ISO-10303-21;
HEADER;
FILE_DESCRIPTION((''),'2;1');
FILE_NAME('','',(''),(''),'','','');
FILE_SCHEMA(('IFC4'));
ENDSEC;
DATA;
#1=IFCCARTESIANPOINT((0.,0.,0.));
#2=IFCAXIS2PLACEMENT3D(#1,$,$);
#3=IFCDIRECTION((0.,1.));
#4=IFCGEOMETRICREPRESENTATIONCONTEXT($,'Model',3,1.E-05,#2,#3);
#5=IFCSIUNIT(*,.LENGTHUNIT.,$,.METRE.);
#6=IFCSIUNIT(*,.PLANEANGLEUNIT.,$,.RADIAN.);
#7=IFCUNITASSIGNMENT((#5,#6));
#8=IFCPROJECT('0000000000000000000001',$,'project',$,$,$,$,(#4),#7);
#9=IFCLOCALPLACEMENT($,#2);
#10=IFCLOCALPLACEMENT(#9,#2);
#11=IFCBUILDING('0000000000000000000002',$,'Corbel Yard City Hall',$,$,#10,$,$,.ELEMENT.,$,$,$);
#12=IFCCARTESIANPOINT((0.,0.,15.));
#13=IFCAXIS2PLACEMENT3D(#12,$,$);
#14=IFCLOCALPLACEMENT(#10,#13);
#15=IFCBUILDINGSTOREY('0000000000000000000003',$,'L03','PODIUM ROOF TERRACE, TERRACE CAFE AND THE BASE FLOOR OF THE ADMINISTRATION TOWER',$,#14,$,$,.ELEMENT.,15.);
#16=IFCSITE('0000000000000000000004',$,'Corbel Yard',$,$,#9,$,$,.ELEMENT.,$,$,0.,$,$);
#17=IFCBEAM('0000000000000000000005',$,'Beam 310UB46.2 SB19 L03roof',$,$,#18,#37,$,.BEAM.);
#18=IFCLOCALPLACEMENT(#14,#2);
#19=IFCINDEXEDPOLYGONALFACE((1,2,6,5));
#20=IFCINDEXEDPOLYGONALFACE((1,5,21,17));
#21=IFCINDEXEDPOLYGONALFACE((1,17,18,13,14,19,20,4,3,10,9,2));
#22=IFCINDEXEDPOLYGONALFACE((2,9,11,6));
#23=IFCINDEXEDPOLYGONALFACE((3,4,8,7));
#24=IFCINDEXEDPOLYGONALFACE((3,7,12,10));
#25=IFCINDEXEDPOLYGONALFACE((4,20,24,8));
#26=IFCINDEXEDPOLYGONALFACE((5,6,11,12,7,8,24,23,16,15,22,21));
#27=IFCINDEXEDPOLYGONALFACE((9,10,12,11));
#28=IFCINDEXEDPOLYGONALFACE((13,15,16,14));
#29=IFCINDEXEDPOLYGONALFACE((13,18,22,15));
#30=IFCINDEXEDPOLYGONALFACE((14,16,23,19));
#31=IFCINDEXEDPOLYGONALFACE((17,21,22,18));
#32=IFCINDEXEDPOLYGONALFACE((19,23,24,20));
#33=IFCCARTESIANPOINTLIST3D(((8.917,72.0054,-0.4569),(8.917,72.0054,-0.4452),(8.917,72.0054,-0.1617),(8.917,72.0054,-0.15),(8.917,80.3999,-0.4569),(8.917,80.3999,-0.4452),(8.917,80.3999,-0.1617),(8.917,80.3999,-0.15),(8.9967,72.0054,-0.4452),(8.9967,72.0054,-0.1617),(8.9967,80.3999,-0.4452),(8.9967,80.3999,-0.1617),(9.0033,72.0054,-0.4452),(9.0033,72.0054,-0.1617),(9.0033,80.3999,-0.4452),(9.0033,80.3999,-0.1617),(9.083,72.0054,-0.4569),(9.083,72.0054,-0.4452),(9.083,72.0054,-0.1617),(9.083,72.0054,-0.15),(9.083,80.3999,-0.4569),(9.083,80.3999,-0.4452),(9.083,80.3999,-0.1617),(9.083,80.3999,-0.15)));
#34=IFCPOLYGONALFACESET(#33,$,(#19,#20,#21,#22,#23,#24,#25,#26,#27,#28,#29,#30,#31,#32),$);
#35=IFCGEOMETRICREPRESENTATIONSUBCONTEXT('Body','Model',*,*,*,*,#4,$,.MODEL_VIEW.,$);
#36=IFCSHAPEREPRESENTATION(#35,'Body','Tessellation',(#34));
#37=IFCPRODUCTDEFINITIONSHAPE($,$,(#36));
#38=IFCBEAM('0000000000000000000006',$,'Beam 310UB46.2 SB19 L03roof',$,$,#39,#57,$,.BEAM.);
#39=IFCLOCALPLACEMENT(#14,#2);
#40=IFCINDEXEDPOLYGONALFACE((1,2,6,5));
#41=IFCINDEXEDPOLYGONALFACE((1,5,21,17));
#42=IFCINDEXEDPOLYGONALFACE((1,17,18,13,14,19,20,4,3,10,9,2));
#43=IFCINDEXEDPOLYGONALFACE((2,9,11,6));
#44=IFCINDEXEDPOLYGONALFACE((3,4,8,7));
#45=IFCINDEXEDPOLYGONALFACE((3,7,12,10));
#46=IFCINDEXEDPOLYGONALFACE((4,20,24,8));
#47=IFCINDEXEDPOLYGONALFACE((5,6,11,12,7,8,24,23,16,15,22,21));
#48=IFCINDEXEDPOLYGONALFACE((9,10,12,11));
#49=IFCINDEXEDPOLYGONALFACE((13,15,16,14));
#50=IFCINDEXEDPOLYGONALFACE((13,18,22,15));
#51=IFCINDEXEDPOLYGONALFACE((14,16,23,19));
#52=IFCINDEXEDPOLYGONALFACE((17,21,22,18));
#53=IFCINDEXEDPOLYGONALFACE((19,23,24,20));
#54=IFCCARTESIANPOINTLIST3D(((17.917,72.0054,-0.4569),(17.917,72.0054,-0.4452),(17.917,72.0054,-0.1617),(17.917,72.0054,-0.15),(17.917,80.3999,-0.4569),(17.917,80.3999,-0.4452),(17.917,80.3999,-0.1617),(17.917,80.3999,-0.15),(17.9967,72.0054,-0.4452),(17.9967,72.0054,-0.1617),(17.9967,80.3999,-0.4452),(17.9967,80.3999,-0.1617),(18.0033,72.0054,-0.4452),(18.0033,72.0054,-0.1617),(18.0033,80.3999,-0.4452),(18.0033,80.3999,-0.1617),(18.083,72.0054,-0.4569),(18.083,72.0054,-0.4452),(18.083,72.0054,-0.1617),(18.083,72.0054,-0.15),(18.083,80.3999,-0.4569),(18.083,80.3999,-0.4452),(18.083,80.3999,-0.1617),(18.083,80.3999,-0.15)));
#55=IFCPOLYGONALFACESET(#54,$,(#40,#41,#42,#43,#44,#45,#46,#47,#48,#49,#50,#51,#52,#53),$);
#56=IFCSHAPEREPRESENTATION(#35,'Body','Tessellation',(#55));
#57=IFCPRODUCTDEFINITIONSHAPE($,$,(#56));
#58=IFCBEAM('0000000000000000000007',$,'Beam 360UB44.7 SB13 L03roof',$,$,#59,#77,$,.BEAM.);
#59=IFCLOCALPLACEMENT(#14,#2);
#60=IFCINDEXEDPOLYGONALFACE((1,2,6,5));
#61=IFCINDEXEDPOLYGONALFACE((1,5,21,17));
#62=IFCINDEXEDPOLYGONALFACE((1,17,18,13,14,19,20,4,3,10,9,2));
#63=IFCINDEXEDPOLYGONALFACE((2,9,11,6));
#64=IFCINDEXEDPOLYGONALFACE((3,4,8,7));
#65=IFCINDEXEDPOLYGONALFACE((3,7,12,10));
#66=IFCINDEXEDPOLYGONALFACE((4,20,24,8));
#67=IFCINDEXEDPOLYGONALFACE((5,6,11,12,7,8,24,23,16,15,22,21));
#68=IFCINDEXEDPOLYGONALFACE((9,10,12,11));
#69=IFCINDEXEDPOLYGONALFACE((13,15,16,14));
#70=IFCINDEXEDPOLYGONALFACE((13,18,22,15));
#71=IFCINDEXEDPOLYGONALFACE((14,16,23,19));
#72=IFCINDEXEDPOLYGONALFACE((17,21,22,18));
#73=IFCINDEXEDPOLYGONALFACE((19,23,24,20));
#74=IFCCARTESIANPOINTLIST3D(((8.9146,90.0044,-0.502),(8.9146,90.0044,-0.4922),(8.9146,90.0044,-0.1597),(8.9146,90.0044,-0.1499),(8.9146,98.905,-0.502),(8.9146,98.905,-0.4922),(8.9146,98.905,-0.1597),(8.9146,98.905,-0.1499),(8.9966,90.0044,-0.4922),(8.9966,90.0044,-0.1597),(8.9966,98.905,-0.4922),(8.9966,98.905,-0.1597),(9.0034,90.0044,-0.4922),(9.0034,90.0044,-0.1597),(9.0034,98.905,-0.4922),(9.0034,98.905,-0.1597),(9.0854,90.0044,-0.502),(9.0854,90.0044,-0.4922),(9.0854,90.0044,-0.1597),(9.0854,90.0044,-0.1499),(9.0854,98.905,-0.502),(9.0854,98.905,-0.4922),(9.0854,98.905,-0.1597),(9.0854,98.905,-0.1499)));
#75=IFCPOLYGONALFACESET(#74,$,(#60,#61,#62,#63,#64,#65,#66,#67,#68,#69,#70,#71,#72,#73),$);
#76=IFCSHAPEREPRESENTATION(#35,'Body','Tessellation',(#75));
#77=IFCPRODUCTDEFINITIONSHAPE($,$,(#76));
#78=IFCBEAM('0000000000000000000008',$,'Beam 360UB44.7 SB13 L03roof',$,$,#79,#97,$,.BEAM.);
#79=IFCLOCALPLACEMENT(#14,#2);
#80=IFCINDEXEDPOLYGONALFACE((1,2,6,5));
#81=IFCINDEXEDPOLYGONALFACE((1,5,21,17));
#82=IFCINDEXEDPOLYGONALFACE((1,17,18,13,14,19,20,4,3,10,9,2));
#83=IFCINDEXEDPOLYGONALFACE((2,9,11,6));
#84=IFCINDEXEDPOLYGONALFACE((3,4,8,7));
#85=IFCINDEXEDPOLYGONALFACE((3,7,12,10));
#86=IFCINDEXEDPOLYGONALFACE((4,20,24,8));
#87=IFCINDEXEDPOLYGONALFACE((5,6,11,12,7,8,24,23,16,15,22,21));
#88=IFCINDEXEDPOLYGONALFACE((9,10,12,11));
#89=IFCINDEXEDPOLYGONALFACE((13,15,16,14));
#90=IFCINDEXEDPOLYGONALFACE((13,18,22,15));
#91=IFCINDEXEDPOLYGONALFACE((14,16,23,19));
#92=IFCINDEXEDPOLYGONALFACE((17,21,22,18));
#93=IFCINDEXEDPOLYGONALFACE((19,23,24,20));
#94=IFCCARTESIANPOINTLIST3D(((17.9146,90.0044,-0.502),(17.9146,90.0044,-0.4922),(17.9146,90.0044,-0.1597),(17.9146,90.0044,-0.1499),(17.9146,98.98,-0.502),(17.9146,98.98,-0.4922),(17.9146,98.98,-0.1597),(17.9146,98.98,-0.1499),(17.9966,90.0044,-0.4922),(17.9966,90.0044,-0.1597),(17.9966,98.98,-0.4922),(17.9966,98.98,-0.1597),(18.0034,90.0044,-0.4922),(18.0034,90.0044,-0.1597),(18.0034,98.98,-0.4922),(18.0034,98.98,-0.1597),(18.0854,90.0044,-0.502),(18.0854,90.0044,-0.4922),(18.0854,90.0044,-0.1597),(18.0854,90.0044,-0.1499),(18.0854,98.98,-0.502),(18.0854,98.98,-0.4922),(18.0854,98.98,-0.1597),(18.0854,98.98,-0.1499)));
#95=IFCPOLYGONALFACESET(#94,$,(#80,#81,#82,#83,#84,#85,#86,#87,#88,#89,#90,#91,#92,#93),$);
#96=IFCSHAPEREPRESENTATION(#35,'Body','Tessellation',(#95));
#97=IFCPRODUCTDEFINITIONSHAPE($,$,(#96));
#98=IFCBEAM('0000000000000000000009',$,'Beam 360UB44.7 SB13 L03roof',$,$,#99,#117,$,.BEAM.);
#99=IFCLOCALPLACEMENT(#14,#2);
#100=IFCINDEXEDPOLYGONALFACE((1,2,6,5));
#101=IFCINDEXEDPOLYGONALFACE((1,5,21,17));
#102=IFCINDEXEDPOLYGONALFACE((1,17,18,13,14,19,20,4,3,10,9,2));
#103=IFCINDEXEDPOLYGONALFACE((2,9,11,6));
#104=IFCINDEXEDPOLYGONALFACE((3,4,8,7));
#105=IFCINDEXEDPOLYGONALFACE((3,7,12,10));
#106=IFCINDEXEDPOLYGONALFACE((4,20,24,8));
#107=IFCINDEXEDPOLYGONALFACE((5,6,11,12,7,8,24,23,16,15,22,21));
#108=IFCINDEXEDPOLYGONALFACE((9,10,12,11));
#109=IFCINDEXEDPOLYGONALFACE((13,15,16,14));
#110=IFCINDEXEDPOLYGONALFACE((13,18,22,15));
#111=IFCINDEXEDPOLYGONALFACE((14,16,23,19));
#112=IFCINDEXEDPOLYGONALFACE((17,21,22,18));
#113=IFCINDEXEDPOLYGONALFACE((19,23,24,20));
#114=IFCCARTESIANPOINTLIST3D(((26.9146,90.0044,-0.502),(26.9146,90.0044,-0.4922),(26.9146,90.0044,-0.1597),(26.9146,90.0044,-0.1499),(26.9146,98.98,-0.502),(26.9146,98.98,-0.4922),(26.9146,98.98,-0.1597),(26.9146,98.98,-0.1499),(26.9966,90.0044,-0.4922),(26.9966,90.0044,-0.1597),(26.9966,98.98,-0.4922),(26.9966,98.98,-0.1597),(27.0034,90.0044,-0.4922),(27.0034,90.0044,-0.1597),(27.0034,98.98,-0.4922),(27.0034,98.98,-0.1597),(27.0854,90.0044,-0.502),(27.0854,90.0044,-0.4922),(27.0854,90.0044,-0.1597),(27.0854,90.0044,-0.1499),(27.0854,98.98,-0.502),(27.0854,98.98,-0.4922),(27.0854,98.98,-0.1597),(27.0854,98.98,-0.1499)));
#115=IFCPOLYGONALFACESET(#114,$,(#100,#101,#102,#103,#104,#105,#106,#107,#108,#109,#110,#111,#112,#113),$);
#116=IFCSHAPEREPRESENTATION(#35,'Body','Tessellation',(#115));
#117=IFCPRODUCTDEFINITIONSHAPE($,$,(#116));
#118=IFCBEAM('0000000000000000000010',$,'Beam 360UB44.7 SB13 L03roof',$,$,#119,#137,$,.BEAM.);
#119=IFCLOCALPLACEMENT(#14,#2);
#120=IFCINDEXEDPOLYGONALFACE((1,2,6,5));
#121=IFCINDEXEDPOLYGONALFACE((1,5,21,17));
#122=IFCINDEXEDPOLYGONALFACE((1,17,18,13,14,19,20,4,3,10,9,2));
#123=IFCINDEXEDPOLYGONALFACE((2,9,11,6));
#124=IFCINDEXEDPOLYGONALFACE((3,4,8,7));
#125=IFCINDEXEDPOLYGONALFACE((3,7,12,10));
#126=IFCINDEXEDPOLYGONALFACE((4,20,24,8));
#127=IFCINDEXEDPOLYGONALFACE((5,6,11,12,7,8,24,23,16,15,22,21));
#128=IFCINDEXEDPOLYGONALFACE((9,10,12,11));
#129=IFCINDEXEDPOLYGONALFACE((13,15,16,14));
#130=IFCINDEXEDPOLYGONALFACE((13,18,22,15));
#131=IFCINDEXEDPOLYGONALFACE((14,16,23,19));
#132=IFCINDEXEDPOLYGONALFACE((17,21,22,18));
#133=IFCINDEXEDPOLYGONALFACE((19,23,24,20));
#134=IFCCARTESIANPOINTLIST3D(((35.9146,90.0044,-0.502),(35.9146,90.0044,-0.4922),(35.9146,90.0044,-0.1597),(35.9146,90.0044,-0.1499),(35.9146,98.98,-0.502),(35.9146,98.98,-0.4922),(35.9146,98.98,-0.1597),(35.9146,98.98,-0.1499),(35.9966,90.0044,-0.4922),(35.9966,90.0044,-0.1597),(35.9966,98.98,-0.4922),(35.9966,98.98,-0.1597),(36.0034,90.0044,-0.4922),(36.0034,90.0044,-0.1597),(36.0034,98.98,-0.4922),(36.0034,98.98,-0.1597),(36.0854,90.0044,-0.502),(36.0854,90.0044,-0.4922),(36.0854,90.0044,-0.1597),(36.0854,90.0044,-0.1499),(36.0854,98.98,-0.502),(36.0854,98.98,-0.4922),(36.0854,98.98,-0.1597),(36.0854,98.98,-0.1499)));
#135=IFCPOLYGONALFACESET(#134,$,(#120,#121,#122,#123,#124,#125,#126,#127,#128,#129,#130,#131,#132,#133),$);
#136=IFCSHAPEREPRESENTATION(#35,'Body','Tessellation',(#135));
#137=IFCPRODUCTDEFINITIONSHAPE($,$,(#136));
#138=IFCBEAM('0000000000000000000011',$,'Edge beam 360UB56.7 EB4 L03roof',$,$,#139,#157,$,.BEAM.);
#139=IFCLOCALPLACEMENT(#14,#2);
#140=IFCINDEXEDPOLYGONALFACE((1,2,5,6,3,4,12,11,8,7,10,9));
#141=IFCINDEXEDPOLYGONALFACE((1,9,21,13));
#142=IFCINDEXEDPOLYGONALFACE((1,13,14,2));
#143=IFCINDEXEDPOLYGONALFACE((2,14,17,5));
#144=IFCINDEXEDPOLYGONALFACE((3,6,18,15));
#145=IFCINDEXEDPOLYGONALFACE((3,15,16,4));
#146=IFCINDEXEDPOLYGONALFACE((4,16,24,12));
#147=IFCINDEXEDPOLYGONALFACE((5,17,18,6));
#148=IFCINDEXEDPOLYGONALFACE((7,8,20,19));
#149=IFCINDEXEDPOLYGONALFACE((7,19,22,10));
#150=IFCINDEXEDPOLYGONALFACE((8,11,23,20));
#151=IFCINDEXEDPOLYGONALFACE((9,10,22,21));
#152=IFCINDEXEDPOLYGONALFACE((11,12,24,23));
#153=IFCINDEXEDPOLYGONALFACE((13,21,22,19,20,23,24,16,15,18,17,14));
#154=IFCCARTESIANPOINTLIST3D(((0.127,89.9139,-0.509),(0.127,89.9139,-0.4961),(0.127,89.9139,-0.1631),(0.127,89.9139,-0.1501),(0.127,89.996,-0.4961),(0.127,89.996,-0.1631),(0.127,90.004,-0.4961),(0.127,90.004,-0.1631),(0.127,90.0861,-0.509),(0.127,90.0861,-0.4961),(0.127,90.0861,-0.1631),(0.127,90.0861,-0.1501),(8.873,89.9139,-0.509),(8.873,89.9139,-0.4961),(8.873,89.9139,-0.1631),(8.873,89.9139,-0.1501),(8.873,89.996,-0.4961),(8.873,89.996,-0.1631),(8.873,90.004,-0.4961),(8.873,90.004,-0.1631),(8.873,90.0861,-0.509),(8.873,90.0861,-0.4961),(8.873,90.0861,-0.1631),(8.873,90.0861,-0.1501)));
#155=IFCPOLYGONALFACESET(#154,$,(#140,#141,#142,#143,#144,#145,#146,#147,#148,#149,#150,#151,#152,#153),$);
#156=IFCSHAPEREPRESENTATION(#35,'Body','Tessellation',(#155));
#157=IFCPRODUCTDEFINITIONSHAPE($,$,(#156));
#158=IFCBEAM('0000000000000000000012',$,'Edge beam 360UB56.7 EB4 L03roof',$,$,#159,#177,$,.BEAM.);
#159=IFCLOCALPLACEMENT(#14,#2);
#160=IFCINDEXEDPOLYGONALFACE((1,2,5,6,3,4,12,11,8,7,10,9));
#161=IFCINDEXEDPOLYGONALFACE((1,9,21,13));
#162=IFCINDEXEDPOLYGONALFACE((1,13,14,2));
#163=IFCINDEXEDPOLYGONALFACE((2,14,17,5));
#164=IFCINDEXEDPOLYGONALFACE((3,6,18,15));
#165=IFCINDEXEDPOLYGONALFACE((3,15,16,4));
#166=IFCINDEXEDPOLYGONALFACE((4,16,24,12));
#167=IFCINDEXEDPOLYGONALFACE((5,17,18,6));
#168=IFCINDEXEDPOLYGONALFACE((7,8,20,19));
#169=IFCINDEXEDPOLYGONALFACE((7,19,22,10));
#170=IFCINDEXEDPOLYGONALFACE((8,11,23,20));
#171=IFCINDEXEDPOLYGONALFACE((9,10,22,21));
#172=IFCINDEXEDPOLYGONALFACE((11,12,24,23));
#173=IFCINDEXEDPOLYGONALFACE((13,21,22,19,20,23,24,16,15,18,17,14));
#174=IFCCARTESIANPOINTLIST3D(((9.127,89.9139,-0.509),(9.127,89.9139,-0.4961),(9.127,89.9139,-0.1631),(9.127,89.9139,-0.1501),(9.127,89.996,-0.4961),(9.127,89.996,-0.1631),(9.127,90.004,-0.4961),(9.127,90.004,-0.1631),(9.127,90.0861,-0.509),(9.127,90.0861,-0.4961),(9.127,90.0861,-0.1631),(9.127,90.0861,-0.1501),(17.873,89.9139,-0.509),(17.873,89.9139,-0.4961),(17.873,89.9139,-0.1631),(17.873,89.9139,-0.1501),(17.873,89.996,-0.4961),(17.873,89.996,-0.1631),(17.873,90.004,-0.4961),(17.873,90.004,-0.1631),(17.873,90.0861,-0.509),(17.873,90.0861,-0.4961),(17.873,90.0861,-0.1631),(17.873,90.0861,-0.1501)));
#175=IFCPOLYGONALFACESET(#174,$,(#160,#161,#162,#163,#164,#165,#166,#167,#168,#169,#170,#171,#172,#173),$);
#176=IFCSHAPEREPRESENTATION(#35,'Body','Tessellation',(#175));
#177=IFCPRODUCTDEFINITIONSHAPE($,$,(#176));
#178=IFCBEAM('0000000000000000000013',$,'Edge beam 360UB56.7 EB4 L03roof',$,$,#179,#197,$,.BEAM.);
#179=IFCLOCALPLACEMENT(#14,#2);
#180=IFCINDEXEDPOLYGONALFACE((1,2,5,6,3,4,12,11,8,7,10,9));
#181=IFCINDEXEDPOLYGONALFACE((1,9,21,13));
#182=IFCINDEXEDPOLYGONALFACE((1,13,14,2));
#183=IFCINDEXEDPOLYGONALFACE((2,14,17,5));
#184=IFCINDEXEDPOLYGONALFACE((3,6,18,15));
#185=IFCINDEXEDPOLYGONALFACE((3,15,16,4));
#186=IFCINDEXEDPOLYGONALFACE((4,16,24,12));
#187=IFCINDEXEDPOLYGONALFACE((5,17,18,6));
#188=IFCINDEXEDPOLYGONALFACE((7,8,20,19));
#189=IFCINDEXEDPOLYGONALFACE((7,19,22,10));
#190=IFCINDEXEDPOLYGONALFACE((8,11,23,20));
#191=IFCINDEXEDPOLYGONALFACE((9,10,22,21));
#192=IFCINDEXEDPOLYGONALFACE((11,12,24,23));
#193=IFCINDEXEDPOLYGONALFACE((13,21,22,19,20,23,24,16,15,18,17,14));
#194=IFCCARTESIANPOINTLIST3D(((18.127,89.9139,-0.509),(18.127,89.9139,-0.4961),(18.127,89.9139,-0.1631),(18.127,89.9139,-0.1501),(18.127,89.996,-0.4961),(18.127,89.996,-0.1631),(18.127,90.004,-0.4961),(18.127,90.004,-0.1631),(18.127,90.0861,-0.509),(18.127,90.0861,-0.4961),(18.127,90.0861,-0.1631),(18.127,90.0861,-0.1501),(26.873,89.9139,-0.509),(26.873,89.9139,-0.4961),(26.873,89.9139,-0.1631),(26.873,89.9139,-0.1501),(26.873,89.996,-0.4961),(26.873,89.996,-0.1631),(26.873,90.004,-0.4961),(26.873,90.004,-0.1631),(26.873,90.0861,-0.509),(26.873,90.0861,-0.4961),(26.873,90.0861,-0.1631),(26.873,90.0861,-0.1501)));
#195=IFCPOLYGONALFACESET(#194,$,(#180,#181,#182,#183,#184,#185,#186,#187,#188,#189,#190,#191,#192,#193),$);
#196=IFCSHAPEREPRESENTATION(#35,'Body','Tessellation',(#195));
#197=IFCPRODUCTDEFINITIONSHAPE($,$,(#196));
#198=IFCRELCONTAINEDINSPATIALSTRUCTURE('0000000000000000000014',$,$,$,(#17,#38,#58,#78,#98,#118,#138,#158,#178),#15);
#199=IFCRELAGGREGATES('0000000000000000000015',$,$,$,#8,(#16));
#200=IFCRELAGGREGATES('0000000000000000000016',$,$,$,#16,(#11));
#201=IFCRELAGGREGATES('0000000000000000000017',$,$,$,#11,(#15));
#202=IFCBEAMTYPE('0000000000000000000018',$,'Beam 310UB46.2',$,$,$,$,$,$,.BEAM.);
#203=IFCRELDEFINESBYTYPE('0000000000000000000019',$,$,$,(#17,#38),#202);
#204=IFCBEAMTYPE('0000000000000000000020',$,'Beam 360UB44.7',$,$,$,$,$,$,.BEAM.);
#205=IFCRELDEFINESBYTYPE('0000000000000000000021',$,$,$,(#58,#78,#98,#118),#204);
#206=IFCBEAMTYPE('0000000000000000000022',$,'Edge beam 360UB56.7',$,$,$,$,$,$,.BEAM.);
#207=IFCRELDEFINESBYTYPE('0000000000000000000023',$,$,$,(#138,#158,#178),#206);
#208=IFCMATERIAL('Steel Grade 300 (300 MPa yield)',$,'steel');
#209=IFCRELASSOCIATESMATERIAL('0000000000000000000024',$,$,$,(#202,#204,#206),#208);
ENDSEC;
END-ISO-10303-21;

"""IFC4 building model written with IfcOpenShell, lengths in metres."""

from ifc_helpers import new_model, si_unit, direction, frame, origin, origin_2d, place, context, subcontext, project, spatial, i_section, extrude, material, material_profile, profile_set, type_object, element, save


model = new_model("IFC4")

# Units and contexts
model_context = context("Model", 3, precision=1e-05, world=origin(), true_north=direction((0.0, 1.0)))
body_context = subcontext(model_context, "Body", "Model", "MODEL_VIEW")
ifc_project = project(units=[si_unit("LENGTHUNIT", "METRE"), si_unit("PLANEANGLEUNIT", "RADIAN")], contexts=[model_context])

# Site, building, storey
site_placement = place(None, origin())
site = spatial("IfcSite", under=ifc_project, at=site_placement, Name="Corbel Yard", CompositionType="ELEMENT", RefElevation=0.0)
building_placement = place(site_placement, origin())
building = spatial("IfcBuilding", under=site, at=building_placement, Name="Corbel Yard City Hall", CompositionType="ELEMENT")
storey_placement = place(building_placement, frame((0.0, 0.0, 15.0)))
storey = spatial("IfcBuildingStorey", under=building, at=storey_placement, Name="L03", Description="PODIUM ROOF TERRACE, TERRACE CAFE AND THE BASE FLOOR OF THE ADMINISTRATION TOWER", CompositionType="ELEMENT", Elevation=15.0)

# Beams
ifc_material_1 = material(Name="Steel Grade 300 (300 MPa yield)", Category="steel")
ifc_material_profile_1 = material_profile(ifc_material_1, i_section(OverallWidth=0.166, OverallDepth=0.3069, WebThickness=0.0066, FlangeThickness=0.0117, at=origin_2d()), Name="310UB46.2")
ifc_profile_set_1 = profile_set([ifc_material_profile_1], Name="Steel Grade 300 (300 MPa yield)")
beam_type_1 = type_object("IfcBeamType", Name="Beam 310UB46.2", PredefinedType="BEAM", material=ifc_profile_set_1)
for number, where, z_axis, x_axis, name in (
    (1, (9.0, 72.0054, -0.3035), (0.0, 1.0, 0.0), (-1.0, 0.0, 0.0), "Beam 310UB46.2 SB19 L03roof"),
    (2, (18.0, 72.0054, -0.3035), (0.0, 1.0, 0.0), (-1.0, 0.0, 0.0), "Beam 310UB46.2 SB19 L03roof"),
):
    element("IfcBeam", number, at=place(storey_placement, frame(where, z_axis=z_axis, x_axis=x_axis)), inside=storey, type_object=beam_type_1, Name=name, PredefinedType="BEAM", context=body_context, shape_type="SweptSolid", body=[
        extrude(i_section(OverallWidth=0.166, OverallDepth=0.3069, WebThickness=0.0066, FlangeThickness=0.0117, at=origin_2d()), origin(), (0.0, 0.0, 1.0), 8.3945),
    ])
ifc_material_profile_2 = material_profile(ifc_material_1, i_section(OverallWidth=0.1709, OverallDepth=0.3521, WebThickness=0.0068, FlangeThickness=0.0098, at=origin_2d()), Name="360UB44.7")
ifc_profile_set_2 = profile_set([ifc_material_profile_2], Name="Steel Grade 300 (300 MPa yield)")
beam_type_2 = type_object("IfcBeamType", Name="Beam 360UB44.7", PredefinedType="BEAM", material=ifc_profile_set_2)
beam_1_placement = place(storey_placement, frame((9.0, 90.0044, -0.3259), z_axis=(0.0, 1.0, 0.0), x_axis=(-1.0, 0.0, 0.0)))
element("IfcBeam", 3, at=beam_1_placement, inside=storey, type_object=beam_type_2, Name="Beam 360UB44.7 SB13 L03roof", PredefinedType="BEAM", context=body_context, shape_type="SweptSolid", body=[
    extrude(i_section(OverallWidth=0.1709, OverallDepth=0.3521, WebThickness=0.0068, FlangeThickness=0.0098, at=origin_2d()), origin(), (0.0, 0.0, 1.0), 8.9006),
])
for number, where, z_axis, x_axis, name in (
    (4, (18.0, 90.0044, -0.3259), (0.0, 1.0, 0.0), (-1.0, 0.0, 0.0), "Beam 360UB44.7 SB13 L03roof"),
    (5, (27.0, 90.0044, -0.3259), (0.0, 1.0, 0.0), (-1.0, 0.0, 0.0), "Beam 360UB44.7 SB13 L03roof"),
    (6, (36.0, 90.0044, -0.3259), (0.0, 1.0, 0.0), (-1.0, 0.0, 0.0), "Beam 360UB44.7 SB13 L03roof"),
):
    element("IfcBeam", number, at=place(storey_placement, frame(where, z_axis=z_axis, x_axis=x_axis)), inside=storey, type_object=beam_type_2, Name=name, PredefinedType="BEAM", context=body_context, shape_type="SweptSolid", body=[
        extrude(i_section(OverallWidth=0.1709, OverallDepth=0.3521, WebThickness=0.0068, FlangeThickness=0.0098, at=origin_2d()), origin(), (0.0, 0.0, 1.0), 8.9756),
    ])
ifc_material_profile_3 = material_profile(ifc_material_1, i_section(OverallWidth=0.1721, OverallDepth=0.3589, WebThickness=0.0081, FlangeThickness=0.0129, at=origin_2d()), Name="360UB56.7")
ifc_profile_set_3 = profile_set([ifc_material_profile_3], Name="Steel Grade 300 (300 MPa yield)")
beam_type_3 = type_object("IfcBeamType", Name="Edge beam 360UB56.7", PredefinedType="BEAM", material=ifc_profile_set_3)
for number, where, z_axis, x_axis, name in (
    (7, (0.127, 90.0, -0.3296), (1.0, 0.0, 0.0), (0.0, 1.0, 0.0), "Edge beam 360UB56.7 EB4 L03roof"),
    (8, (9.127, 90.0, -0.3296), (1.0, 0.0, 0.0), (0.0, 1.0, 0.0), "Edge beam 360UB56.7 EB4 L03roof"),
    (9, (18.127, 90.0, -0.3296), (1.0, 0.0, 0.0), (0.0, 1.0, 0.0), "Edge beam 360UB56.7 EB4 L03roof"),
):
    element("IfcBeam", number, at=place(storey_placement, frame(where, z_axis=z_axis, x_axis=x_axis)), inside=storey, type_object=beam_type_3, Name=name, PredefinedType="BEAM", context=body_context, shape_type="SweptSolid", body=[
        extrude(i_section(OverallWidth=0.1721, OverallDepth=0.3589, WebThickness=0.0081, FlangeThickness=0.0129, at=origin_2d()), origin(), (0.0, 0.0, 1.0), 8.7461),
    ])

save(model, "model.ifc")
